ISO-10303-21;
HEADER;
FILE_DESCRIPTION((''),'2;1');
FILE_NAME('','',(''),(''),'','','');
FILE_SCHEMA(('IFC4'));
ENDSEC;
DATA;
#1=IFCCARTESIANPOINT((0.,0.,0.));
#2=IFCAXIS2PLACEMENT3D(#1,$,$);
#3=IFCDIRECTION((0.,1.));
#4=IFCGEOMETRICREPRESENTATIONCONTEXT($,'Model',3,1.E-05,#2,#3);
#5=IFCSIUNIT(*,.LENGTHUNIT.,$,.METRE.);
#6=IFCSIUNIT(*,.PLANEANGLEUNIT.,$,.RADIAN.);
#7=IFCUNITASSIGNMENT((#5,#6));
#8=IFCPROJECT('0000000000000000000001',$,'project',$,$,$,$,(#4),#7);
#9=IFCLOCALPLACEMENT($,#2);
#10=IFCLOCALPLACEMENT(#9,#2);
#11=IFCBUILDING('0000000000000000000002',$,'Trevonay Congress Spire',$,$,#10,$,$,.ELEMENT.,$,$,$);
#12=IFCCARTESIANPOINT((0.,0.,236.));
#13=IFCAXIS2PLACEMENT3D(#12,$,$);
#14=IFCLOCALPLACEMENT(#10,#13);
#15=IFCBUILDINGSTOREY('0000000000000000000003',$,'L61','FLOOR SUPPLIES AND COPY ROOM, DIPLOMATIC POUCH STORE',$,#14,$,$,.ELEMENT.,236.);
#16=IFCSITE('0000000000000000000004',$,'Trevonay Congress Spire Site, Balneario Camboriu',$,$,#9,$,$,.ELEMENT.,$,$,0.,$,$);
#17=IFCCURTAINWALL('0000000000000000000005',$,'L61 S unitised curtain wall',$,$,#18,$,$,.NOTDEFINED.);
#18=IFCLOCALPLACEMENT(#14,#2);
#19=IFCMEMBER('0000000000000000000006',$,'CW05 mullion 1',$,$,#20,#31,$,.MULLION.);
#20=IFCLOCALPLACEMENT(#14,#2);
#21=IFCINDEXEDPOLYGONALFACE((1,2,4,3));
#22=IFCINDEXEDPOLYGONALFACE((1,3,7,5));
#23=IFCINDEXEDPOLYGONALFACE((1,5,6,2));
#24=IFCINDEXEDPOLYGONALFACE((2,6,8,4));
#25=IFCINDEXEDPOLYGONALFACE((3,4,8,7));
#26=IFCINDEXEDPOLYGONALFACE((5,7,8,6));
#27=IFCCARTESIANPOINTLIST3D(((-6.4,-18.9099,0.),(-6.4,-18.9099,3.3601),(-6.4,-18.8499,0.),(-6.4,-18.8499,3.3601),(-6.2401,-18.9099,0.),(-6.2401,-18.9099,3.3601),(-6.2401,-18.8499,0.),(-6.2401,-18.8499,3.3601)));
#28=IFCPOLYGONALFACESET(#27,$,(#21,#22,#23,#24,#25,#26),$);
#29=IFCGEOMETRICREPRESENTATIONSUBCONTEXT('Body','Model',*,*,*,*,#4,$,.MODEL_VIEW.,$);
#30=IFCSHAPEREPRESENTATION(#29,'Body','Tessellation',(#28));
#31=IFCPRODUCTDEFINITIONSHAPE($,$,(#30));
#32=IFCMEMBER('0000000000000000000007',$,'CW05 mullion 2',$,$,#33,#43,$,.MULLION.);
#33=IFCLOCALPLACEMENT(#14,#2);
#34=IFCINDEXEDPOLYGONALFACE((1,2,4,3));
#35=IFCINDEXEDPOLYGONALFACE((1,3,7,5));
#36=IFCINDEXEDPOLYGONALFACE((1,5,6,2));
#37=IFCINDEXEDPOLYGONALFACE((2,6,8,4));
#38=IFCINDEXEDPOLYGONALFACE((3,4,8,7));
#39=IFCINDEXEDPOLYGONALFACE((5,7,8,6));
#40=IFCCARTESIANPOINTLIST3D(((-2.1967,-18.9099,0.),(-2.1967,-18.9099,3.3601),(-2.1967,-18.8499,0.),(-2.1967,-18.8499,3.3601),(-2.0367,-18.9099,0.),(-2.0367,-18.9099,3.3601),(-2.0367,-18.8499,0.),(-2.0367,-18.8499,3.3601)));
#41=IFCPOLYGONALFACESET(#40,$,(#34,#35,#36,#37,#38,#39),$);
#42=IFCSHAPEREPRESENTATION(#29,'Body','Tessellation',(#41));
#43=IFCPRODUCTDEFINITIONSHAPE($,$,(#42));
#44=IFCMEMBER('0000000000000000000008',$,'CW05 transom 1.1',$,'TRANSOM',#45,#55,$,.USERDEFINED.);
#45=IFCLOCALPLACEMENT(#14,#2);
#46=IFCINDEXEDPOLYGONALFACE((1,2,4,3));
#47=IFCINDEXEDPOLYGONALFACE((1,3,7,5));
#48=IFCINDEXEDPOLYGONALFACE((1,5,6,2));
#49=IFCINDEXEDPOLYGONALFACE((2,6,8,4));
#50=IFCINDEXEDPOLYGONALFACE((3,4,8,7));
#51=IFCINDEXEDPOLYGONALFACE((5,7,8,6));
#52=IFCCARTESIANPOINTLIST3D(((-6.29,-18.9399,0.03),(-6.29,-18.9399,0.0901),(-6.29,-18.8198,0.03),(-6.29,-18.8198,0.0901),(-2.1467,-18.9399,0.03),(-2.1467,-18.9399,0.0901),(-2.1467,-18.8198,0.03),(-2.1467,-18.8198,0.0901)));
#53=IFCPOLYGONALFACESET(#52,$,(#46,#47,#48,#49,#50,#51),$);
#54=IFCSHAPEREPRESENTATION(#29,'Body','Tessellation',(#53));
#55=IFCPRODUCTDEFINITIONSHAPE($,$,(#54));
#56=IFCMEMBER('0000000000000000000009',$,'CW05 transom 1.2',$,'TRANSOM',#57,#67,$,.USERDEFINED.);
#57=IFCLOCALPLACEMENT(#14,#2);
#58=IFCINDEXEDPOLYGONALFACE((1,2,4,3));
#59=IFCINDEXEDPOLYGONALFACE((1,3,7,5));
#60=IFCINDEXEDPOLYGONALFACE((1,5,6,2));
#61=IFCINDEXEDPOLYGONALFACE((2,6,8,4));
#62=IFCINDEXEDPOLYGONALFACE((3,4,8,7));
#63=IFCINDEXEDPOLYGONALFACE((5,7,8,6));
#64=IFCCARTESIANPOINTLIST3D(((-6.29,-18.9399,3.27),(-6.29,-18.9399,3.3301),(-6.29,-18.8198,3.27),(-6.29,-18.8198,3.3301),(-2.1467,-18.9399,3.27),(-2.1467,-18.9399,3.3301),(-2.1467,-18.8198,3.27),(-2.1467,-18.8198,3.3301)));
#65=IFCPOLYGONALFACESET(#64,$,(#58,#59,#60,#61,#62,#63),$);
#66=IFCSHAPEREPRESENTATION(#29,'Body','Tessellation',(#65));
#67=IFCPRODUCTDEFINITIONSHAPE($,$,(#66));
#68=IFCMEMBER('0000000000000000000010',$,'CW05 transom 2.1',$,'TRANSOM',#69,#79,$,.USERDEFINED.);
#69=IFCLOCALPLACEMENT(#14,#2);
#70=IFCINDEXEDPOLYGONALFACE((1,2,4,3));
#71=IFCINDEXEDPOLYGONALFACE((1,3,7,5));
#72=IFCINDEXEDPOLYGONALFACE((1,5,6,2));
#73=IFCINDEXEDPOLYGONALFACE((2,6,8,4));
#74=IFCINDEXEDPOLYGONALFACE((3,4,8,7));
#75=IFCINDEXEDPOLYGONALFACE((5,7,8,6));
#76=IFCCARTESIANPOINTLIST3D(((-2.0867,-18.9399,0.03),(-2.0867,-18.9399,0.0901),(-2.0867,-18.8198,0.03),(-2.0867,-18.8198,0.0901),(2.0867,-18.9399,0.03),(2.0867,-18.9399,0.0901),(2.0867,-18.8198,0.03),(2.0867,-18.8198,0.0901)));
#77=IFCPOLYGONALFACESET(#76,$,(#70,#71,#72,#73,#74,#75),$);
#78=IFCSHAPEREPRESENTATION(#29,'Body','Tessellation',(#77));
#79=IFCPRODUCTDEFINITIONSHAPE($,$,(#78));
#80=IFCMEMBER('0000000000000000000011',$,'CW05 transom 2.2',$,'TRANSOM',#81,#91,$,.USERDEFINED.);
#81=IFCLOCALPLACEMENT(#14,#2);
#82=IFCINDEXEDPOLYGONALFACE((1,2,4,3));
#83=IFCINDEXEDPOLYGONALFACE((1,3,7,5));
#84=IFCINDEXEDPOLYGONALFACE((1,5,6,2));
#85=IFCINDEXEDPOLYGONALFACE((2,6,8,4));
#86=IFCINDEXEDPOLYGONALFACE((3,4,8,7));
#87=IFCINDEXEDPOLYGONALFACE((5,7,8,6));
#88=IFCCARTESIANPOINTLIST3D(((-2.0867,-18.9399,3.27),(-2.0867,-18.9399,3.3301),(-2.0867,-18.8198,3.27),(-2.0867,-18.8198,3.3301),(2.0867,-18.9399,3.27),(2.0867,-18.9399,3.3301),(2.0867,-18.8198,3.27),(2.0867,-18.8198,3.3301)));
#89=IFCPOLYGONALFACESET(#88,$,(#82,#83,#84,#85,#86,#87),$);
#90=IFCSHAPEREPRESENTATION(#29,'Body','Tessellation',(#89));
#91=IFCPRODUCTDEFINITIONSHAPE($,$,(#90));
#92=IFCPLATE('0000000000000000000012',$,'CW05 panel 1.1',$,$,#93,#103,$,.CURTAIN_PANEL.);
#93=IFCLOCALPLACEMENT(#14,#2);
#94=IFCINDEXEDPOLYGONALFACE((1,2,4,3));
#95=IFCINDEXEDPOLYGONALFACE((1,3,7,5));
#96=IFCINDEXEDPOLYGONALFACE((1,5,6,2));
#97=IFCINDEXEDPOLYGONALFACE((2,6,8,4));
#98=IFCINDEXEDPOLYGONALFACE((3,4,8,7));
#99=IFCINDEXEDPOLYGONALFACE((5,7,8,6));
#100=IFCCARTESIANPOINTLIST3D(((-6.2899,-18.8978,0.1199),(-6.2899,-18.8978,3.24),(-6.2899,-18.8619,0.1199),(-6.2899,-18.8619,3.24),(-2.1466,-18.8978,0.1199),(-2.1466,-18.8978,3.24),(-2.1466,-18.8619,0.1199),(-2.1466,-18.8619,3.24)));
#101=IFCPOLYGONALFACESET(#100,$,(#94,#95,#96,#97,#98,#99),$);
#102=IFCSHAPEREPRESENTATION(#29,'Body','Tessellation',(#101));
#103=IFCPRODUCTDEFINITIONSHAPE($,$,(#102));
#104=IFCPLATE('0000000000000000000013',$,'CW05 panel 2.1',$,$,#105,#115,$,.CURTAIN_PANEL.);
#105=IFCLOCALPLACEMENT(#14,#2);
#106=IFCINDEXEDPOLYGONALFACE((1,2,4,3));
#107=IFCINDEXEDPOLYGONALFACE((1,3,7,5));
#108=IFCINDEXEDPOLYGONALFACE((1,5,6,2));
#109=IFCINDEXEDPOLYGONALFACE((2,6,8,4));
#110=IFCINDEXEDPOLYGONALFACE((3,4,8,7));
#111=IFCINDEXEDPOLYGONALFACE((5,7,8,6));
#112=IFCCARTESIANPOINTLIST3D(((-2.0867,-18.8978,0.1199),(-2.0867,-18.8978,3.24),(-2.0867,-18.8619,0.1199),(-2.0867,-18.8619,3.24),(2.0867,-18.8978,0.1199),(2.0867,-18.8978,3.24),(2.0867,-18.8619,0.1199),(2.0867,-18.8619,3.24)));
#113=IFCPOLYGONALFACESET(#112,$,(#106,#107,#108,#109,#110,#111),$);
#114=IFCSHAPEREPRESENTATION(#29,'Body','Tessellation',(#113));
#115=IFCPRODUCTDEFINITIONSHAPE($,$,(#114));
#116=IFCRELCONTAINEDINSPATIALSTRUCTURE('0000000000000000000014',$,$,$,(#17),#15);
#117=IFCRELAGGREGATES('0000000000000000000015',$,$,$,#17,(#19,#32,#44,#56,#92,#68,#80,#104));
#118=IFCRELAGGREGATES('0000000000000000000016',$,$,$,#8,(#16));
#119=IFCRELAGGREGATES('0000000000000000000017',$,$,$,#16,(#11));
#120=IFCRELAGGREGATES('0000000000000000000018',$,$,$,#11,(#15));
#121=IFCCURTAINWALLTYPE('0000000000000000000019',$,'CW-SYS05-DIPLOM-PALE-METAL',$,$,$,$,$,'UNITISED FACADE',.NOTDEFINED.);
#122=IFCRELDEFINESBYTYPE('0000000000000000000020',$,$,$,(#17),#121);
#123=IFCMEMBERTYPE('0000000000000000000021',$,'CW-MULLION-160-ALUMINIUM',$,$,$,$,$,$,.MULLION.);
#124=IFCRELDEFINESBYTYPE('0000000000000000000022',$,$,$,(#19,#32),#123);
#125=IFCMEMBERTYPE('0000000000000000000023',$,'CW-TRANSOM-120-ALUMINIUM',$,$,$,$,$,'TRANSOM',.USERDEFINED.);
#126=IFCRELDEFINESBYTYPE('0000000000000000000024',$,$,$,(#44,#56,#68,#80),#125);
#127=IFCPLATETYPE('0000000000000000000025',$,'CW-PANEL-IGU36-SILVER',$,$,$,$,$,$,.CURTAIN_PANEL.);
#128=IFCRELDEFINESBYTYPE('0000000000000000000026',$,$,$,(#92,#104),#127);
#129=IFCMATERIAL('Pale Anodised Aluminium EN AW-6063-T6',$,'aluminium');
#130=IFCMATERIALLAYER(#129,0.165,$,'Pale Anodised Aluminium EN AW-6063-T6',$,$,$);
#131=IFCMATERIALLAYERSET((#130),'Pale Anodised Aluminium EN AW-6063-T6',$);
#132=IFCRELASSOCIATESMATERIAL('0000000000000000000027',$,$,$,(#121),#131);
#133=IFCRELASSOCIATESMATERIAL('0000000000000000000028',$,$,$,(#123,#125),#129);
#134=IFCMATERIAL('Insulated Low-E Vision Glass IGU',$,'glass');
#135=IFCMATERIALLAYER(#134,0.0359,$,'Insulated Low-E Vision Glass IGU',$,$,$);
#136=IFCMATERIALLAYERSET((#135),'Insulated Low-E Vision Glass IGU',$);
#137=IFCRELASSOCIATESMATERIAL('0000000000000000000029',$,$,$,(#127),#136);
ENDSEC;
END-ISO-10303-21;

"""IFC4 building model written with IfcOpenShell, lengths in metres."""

from ifc_helpers import new_model, si_unit, direction, frame, origin, origin_2d, place, context, subcontext, project, spatial, rectangle, extrude, material, layer, layer_set, material_profile, profile_set, type_object, element, aggregate, save


model = new_model("IFC4")

# Units and contexts
model_context = context("Model", 3, precision=1e-05, world=origin(), true_north=direction((0.0, 1.0)))
body_context = subcontext(model_context, "Body", "Model", "MODEL_VIEW")
ifc_project = project(units=[si_unit("LENGTHUNIT", "METRE"), si_unit("PLANEANGLEUNIT", "RADIAN")], contexts=[model_context])

# Site, building, storey
site_placement = place(None, origin())
site = spatial("IfcSite", under=ifc_project, at=site_placement, Name="Trevonay Congress Spire Site, Balneario Camboriu", CompositionType="ELEMENT", RefElevation=0.0)
building_placement = place(site_placement, origin())
building = spatial("IfcBuilding", under=site, at=building_placement, Name="Trevonay Congress Spire", CompositionType="ELEMENT")
storey_placement = place(building_placement, frame((0.0, 0.0, 236.0)))
storey = spatial("IfcBuildingStorey", under=building, at=storey_placement, Name="L61", Description="FLOOR SUPPLIES AND COPY ROOM, DIPLOMATIC POUCH STORE", CompositionType="ELEMENT", Elevation=236.0)

# Curtain wall, members, plates
ifc_material_1 = material(Name="Pale Anodised Aluminium EN AW-6063-T6", Category="aluminium")
ifc_layer_1 = layer(ifc_material_1, 0.165, Name="Pale Anodised Aluminium EN AW-6063-T6")
ifc_layer_set_1 = layer_set([ifc_layer_1], Name="Pale Anodised Aluminium EN AW-6063-T6")
curtain_wall_type = type_object("IfcCurtainWallType", Name="CW-SYS05-DIPLOM-PALE-METAL", ElementType="UNITISED FACADE", PredefinedType="NOTDEFINED", material=ifc_layer_set_1)
curtain_wall_placement = place(storey_placement, origin())
curtain_wall = element("IfcCurtainWall", 1, at=curtain_wall_placement, inside=storey, type_object=curtain_wall_type, Name="L61 S unitised curtain wall", PredefinedType="NOTDEFINED")
ifc_material_profile_1 = material_profile(ifc_material_1, rectangle(XDim=0.0601, YDim=0.1599, at=origin_2d()), Name="CW-MULLION-160-ALUMINIUM")
ifc_profile_set_1 = profile_set([ifc_material_profile_1], Name="Pale Anodised Aluminium EN AW-6063-T6")
member_type_1 = type_object("IfcMemberType", Name="CW-MULLION-160-ALUMINIUM", PredefinedType="MULLION", material=ifc_profile_set_1)
member_1_placement = place(storey_placement, frame((-6.3201, -18.8799, 0.0), z_axis=(0.0, 0.0, 1.0), x_axis=(0.0, 1.0, 0.0)))
member_1 = element("IfcMember", 2, at=member_1_placement, type_object=member_type_1, Name="CW05 mullion 1", PredefinedType="MULLION", context=body_context, shape_type="SweptSolid", body=[
    extrude(rectangle(XDim=0.0601, YDim=0.1599, at=origin_2d()), origin(), (0.0, 0.0, 1.0), 3.3601),
])
member_2_placement = place(storey_placement, frame((-2.1167, -18.8799, 0.0), z_axis=(0.0, 0.0, 1.0), x_axis=(0.0, 1.0, 0.0)))
member_2 = element("IfcMember", 3, at=member_2_placement, type_object=member_type_1, Name="CW05 mullion 2", PredefinedType="MULLION", context=body_context, shape_type="SweptSolid", body=[
    extrude(rectangle(XDim=0.0601, YDim=0.1599, at=origin_2d()), origin(), (0.0, 0.0, 1.0), 3.3601),
])
ifc_material_profile_2 = material_profile(ifc_material_1, rectangle(XDim=0.1201, YDim=0.0601, at=origin_2d()), Name="CW-TRANSOM-120-ALUMINIUM")
ifc_profile_set_2 = profile_set([ifc_material_profile_2], Name="Pale Anodised Aluminium EN AW-6063-T6")
member_type_2 = type_object("IfcMemberType", Name="CW-TRANSOM-120-ALUMINIUM", ElementType="TRANSOM", PredefinedType="USERDEFINED", material=ifc_profile_set_2)
member_3_placement = place(storey_placement, frame((-6.29, -18.8799, 0.0601), z_axis=(1.0, 0.0, 0.0), x_axis=(0.0, 1.0, 0.0)))
member_3 = element("IfcMember", 4, at=member_3_placement, type_object=member_type_2, Name="CW05 transom 1.1", ObjectType="TRANSOM", PredefinedType="USERDEFINED", context=body_context, shape_type="SweptSolid", body=[
    extrude(rectangle(XDim=0.1201, YDim=0.0601, at=origin_2d()), origin(), (0.0, 0.0, 1.0), 4.1433),
])
member_4_placement = place(storey_placement, frame((-6.29, -18.8799, 3.3), z_axis=(1.0, 0.0, 0.0), x_axis=(0.0, 1.0, 0.0)))
member_4 = element("IfcMember", 5, at=member_4_placement, type_object=member_type_2, Name="CW05 transom 1.2", ObjectType="TRANSOM", PredefinedType="USERDEFINED", context=body_context, shape_type="SweptSolid", body=[
    extrude(rectangle(XDim=0.1201, YDim=0.0601, at=origin_2d()), origin(), (0.0, 0.0, 1.0), 4.1433),
])
member_5_placement = place(storey_placement, frame((-2.0867, -18.8799, 0.0601), z_axis=(1.0, 0.0, 0.0), x_axis=(0.0, 1.0, 0.0)))
member_5 = element("IfcMember", 6, at=member_5_placement, type_object=member_type_2, Name="CW05 transom 2.1", ObjectType="TRANSOM", PredefinedType="USERDEFINED", context=body_context, shape_type="SweptSolid", body=[
    extrude(rectangle(XDim=0.1201, YDim=0.0601, at=origin_2d()), origin(), (0.0, 0.0, 1.0), 4.1733),
])
member_6_placement = place(storey_placement, frame((-2.0867, -18.8799, 3.3), z_axis=(1.0, 0.0, 0.0), x_axis=(0.0, 1.0, 0.0)))
member_6 = element("IfcMember", 7, at=member_6_placement, type_object=member_type_2, Name="CW05 transom 2.2", ObjectType="TRANSOM", PredefinedType="USERDEFINED", context=body_context, shape_type="SweptSolid", body=[
    extrude(rectangle(XDim=0.1201, YDim=0.0601, at=origin_2d()), origin(), (0.0, 0.0, 1.0), 4.1733),
])
ifc_material_2 = material(Name="Insulated Low-E Vision Glass IGU", Category="glass")
ifc_layer_2 = layer(ifc_material_2, 0.0359, Name="Insulated Low-E Vision Glass IGU")
ifc_layer_set_2 = layer_set([ifc_layer_2], Name="Insulated Low-E Vision Glass IGU")
plate_type = type_object("IfcPlateType", Name="CW-PANEL-IGU36-SILVER", PredefinedType="CURTAIN_PANEL", material=ifc_layer_set_2)
plate_1_placement = place(storey_placement, frame((-4.2183, -18.8799, 0.1199), z_axis=(0.0, 0.0, 1.0), x_axis=(1.0, 0.0, 0.0)))
plate_1 = element("IfcPlate", 8, at=plate_1_placement, type_object=plate_type, Name="CW05 panel 1.1", PredefinedType="CURTAIN_PANEL", context=body_context, shape_type="SweptSolid", body=[
    extrude(rectangle(XDim=4.1433, YDim=0.0359, at=origin_2d()), origin(), (0.0, 0.0, 1.0), 3.1201),
])
plate_2_placement = place(storey_placement, frame((0.0, -18.8799, 0.1199), z_axis=(0.0, 0.0, 1.0), x_axis=(1.0, 0.0, 0.0)))
plate_2 = element("IfcPlate", 9, at=plate_2_placement, type_object=plate_type, Name="CW05 panel 2.1", PredefinedType="CURTAIN_PANEL", context=body_context, shape_type="SweptSolid", body=[
    extrude(rectangle(XDim=4.1733, YDim=0.0359, at=origin_2d()), origin(), (0.0, 0.0, 1.0), 3.1201),
])
aggregate(curtain_wall, [member_1, member_2, member_3, member_4, plate_1, member_5, member_6, plate_2])

save(model, "model.ifc")
